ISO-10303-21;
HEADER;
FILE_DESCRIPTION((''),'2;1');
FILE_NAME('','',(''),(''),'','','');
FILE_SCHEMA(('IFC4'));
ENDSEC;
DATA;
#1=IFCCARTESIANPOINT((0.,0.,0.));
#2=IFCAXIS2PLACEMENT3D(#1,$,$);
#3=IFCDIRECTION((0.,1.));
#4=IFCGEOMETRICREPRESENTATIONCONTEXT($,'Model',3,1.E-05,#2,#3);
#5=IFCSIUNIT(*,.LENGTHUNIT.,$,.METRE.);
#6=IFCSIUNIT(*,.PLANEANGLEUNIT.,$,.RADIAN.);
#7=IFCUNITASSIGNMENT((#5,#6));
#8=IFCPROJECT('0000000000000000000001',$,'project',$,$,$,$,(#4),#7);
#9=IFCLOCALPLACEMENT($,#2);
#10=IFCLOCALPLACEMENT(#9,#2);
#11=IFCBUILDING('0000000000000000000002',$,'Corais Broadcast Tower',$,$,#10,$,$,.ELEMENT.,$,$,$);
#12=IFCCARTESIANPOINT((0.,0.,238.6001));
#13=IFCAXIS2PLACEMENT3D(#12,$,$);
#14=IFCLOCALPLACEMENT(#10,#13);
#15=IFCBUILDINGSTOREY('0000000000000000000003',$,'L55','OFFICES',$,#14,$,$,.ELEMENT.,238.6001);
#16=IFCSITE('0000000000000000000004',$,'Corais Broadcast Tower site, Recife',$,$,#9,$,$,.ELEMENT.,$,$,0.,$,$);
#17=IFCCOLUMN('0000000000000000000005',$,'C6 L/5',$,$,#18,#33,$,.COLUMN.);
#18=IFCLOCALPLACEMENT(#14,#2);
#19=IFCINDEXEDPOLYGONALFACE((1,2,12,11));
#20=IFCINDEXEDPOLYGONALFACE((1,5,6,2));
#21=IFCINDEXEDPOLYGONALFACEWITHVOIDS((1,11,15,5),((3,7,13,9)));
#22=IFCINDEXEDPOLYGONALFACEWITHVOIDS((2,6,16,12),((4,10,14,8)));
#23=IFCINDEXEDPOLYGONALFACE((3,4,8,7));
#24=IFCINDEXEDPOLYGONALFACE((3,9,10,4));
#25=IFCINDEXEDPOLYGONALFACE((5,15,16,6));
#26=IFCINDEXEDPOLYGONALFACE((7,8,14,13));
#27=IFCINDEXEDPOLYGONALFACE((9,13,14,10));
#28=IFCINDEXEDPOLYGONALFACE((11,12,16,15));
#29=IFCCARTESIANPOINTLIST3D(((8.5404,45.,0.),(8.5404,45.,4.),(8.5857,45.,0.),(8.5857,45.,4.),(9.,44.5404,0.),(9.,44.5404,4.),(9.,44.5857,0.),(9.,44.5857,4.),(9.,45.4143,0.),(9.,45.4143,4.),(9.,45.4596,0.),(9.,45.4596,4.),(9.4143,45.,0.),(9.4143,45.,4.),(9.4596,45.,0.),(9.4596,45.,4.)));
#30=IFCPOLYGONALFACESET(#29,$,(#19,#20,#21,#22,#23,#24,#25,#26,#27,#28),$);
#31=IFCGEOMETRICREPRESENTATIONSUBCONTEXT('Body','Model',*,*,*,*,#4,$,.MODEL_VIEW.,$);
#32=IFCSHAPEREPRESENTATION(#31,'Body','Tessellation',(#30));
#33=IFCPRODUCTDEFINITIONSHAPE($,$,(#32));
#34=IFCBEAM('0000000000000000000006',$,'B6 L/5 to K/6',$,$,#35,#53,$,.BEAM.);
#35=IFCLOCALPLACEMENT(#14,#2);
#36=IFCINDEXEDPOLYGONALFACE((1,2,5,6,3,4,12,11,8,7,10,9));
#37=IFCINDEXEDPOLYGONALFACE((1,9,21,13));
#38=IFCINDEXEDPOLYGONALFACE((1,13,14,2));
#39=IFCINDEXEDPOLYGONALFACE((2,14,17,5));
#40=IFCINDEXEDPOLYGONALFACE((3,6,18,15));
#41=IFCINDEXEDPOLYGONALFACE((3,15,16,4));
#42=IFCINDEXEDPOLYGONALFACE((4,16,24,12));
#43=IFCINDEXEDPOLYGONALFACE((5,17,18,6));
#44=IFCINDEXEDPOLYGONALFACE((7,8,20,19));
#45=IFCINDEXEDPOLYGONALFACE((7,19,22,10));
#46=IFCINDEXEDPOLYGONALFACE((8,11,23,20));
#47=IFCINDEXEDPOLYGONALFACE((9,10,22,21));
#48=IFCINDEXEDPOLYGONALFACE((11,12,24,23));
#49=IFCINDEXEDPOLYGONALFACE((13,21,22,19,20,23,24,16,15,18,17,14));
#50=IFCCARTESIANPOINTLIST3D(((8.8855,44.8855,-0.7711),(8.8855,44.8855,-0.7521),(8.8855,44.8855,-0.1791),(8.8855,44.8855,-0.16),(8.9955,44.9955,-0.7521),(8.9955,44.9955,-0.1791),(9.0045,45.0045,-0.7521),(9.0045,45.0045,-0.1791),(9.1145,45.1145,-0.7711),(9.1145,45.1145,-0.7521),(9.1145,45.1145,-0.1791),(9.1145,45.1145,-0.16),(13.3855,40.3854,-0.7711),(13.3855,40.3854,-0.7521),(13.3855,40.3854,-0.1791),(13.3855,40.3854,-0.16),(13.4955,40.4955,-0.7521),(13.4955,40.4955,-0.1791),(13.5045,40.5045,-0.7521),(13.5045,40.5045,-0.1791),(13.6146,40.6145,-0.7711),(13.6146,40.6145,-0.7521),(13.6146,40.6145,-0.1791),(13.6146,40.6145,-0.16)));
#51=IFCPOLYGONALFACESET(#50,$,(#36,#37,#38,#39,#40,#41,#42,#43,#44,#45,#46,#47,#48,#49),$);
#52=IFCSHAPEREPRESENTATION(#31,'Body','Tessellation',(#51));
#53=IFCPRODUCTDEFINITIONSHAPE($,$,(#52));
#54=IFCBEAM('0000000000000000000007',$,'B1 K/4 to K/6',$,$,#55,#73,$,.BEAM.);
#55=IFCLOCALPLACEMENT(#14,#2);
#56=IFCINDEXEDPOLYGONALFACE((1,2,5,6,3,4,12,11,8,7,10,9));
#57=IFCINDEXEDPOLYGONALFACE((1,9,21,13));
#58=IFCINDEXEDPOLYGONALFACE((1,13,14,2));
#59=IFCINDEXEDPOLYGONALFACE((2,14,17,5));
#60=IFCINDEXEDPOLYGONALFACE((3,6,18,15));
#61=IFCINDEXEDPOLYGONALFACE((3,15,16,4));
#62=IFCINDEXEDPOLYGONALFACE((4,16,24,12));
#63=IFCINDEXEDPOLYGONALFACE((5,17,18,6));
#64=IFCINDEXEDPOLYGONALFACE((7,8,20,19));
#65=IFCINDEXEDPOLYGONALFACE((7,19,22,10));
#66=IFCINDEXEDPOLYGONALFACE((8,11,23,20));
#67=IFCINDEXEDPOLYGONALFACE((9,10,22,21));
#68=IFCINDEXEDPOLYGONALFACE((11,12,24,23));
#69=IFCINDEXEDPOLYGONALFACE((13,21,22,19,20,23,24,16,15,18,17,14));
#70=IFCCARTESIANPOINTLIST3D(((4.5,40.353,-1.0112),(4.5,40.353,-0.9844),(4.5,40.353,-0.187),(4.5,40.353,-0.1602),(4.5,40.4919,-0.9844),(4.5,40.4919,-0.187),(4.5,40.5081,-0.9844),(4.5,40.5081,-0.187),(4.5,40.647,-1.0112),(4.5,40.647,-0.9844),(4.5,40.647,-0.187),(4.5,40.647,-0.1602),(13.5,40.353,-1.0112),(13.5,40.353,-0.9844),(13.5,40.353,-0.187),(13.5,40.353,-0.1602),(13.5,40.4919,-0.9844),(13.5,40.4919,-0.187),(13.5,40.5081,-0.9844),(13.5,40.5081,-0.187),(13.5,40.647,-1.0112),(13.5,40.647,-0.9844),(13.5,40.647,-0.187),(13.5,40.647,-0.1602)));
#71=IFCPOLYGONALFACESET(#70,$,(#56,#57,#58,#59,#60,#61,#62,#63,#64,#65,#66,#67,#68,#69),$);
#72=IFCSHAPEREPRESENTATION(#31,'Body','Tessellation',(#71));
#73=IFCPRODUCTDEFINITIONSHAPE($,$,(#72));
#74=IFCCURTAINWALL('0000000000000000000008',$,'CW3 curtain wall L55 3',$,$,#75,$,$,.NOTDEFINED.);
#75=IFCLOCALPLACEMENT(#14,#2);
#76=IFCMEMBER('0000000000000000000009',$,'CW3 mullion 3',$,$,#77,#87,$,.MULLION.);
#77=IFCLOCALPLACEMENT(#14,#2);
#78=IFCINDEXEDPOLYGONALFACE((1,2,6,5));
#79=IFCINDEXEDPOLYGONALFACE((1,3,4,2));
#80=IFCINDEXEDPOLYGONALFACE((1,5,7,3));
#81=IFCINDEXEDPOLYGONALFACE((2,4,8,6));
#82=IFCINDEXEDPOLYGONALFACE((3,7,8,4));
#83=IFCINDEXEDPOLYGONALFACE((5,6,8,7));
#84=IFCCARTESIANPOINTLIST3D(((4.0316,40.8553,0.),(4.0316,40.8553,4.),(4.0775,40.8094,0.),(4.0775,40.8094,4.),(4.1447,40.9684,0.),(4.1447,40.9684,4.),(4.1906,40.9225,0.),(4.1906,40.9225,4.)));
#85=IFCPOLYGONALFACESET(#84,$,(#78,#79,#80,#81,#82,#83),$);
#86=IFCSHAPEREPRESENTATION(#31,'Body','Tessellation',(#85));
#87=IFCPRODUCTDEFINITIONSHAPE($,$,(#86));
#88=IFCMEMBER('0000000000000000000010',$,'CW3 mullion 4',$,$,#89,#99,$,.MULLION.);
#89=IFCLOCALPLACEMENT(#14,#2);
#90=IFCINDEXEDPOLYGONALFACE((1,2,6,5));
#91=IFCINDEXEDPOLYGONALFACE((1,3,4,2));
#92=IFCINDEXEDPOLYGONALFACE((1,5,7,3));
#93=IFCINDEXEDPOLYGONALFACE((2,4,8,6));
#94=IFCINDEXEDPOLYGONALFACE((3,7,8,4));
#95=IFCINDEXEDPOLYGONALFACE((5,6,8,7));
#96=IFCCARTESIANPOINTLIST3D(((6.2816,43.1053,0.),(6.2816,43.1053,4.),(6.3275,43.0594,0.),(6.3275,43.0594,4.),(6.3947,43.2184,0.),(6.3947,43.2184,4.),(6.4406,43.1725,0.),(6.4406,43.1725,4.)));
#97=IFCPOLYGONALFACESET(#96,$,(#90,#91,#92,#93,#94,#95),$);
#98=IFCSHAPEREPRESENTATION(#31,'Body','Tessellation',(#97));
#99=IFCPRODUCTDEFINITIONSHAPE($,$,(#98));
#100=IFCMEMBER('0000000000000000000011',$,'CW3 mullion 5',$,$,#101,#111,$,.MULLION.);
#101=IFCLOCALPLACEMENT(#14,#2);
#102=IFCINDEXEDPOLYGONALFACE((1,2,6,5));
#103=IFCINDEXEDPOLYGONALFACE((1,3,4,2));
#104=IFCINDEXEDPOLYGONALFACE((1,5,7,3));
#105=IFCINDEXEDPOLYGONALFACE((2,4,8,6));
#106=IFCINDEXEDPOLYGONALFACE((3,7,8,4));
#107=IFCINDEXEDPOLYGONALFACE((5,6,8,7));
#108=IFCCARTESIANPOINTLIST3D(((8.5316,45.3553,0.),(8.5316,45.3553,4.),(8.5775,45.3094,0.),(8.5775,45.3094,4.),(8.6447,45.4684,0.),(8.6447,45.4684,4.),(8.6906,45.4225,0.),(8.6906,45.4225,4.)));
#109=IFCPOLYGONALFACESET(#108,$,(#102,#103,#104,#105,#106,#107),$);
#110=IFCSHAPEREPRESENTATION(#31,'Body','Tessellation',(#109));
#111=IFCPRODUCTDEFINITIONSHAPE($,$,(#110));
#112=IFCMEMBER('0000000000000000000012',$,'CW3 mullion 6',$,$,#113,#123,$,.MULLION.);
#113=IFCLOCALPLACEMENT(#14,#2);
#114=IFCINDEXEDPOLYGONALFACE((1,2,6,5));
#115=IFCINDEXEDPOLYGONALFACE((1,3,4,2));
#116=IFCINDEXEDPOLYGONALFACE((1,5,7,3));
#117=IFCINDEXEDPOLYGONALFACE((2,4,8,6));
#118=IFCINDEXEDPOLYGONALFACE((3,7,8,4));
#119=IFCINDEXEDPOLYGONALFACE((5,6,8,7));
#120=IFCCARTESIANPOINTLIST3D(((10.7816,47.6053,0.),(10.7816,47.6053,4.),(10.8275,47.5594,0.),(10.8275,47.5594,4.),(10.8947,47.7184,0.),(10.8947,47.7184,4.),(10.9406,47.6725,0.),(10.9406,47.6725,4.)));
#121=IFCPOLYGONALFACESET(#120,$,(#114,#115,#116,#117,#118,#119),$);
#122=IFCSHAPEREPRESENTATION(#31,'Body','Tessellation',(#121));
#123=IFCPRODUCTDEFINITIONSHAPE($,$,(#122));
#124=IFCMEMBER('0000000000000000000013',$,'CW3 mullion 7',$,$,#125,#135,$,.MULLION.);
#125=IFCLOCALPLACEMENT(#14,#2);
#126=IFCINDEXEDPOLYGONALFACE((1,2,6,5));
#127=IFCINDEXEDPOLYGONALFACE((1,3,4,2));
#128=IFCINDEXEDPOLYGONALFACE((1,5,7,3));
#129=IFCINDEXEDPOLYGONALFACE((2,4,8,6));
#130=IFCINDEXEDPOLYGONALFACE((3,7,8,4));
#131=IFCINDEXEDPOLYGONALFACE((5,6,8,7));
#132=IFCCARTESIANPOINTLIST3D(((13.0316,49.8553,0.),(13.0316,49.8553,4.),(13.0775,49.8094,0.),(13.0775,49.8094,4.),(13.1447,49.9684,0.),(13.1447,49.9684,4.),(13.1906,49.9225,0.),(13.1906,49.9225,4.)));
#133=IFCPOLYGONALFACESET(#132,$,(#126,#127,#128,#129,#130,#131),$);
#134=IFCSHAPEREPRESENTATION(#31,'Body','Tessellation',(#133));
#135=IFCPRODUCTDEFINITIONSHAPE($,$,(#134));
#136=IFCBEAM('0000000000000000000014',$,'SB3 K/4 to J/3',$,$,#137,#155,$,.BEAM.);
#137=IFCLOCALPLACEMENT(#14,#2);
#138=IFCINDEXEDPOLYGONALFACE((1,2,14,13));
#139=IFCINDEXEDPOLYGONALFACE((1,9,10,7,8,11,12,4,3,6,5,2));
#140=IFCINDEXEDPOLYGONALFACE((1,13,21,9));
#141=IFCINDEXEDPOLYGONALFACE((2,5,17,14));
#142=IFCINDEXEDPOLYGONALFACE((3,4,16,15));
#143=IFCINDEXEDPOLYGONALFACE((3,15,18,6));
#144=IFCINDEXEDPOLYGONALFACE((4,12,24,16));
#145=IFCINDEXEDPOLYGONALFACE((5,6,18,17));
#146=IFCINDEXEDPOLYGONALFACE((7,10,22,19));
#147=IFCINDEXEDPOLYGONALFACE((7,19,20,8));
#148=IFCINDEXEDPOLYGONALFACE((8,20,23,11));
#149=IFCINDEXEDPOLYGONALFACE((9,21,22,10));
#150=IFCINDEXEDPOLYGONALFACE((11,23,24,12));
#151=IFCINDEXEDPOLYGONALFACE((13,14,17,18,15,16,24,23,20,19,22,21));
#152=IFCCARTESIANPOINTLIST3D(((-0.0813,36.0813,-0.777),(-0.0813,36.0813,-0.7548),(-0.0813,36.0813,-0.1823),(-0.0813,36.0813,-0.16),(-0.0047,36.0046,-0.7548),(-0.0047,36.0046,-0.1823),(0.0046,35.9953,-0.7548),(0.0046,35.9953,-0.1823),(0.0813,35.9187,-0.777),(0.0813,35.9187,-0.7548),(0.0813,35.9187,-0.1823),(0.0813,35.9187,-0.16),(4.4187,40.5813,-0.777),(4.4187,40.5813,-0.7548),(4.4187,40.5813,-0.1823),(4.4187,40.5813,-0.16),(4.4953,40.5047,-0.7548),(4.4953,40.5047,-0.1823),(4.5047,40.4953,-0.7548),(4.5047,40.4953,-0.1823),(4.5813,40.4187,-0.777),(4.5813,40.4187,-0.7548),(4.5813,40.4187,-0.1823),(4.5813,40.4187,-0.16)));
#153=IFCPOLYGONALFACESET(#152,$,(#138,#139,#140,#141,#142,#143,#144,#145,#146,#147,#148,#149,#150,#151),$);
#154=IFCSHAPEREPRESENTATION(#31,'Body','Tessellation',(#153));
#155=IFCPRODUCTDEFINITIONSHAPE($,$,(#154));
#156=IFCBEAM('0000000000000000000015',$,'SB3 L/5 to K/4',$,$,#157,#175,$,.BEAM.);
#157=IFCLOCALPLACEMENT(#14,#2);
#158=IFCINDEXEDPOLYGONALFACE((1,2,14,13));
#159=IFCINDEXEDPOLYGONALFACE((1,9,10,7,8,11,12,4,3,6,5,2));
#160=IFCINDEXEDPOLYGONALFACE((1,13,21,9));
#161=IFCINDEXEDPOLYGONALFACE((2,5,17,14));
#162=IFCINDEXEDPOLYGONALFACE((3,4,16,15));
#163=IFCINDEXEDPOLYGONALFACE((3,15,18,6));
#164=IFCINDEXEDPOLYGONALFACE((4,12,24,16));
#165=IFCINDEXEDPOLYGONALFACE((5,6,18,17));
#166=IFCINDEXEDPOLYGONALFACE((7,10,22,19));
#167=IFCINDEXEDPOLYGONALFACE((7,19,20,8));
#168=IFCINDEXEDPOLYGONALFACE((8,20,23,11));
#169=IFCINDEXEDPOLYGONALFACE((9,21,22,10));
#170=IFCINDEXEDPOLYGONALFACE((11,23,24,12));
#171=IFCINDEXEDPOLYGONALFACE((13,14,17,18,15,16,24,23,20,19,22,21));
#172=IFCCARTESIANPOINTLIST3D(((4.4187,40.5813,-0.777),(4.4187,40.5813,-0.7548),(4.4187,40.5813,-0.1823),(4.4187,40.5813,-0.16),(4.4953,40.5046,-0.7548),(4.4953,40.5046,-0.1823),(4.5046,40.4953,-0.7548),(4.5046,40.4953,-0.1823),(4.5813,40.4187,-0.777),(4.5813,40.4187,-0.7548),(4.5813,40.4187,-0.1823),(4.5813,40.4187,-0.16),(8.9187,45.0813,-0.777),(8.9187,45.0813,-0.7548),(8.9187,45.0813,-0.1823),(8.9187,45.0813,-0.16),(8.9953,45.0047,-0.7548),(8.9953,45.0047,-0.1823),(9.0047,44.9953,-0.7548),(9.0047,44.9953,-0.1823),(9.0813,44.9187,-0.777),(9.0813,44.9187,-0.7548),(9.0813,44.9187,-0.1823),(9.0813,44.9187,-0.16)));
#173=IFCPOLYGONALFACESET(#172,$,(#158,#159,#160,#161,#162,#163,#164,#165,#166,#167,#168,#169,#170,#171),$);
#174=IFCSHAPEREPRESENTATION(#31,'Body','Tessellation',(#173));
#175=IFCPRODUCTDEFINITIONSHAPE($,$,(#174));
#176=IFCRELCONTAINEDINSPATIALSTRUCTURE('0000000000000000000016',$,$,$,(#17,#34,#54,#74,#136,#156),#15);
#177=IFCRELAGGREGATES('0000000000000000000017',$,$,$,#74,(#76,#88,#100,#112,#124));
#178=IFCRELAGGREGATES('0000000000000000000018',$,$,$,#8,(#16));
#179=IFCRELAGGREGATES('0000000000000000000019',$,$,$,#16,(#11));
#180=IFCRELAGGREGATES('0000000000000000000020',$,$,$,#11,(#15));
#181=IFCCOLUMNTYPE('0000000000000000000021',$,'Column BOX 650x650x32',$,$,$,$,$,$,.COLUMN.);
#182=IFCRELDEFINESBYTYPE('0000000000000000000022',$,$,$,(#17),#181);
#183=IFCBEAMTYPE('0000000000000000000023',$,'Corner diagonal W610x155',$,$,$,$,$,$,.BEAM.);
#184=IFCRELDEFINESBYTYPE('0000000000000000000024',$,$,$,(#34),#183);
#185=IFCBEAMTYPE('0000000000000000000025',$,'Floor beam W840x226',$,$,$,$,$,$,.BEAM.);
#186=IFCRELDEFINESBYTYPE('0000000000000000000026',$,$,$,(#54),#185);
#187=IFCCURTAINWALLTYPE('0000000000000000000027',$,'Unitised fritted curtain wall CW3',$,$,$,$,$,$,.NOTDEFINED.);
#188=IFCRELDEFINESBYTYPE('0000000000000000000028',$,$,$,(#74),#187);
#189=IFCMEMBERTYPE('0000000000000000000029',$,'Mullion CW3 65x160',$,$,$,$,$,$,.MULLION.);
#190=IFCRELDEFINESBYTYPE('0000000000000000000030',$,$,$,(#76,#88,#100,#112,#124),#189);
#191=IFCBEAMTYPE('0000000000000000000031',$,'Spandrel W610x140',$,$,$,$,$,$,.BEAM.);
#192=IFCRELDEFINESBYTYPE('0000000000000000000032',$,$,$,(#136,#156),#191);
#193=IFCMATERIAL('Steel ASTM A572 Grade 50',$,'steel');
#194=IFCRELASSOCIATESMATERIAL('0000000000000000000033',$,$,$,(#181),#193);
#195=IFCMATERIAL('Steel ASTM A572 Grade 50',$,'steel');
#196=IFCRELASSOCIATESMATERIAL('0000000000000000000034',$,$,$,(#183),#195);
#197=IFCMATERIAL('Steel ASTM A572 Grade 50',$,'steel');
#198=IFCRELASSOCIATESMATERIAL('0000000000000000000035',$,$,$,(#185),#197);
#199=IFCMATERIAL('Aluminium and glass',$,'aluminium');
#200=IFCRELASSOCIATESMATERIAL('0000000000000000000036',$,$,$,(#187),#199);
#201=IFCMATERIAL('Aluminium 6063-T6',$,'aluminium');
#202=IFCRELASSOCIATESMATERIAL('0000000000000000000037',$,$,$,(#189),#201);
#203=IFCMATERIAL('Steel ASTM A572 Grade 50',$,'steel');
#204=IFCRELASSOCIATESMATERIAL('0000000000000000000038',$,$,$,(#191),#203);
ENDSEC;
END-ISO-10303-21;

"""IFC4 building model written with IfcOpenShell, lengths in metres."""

from ifc_helpers import new_model, si_unit, direction, frame, origin, origin_2d, place, context, subcontext, project, spatial, rectangle, hollow_rectangle, i_section, extrude, material, material_profile, profile_set, type_object, element, aggregate, save


model = new_model("IFC4")

# Units and contexts
model_context = context("Model", 3, precision=1e-05, world=origin(), true_north=direction((0.0, 1.0)))
body_context = subcontext(model_context, "Body", "Model", "MODEL_VIEW")
ifc_project = project(units=[si_unit("LENGTHUNIT", "METRE"), si_unit("PLANEANGLEUNIT", "RADIAN")], contexts=[model_context])

# Site, building, storey
site_placement = place(None, origin())
site = spatial("IfcSite", under=ifc_project, at=site_placement, Name="Corais Broadcast Tower site, Recife", CompositionType="ELEMENT", RefElevation=0.0)
building_placement = place(site_placement, origin())
building = spatial("IfcBuilding", under=site, at=building_placement, Name="Corais Broadcast Tower", CompositionType="ELEMENT")
storey_placement = place(building_placement, frame((0.0, 0.0, 238.6001)))
storey = spatial("IfcBuildingStorey", under=building, at=storey_placement, Name="L55", Description="OFFICES", CompositionType="ELEMENT", Elevation=238.6001)

# Column
ifc_material_1 = material(Name="Steel ASTM A572 Grade 50", Category="steel")
ifc_material_profile_1 = material_profile(ifc_material_1, hollow_rectangle(XDim=0.6499, YDim=0.6499, WallThickness=0.032, at=origin_2d()), Name="BOX 650x650x32")
ifc_profile_set_1 = profile_set([ifc_material_profile_1], Name="Steel ASTM A572 Grade 50")
column_type = type_object("IfcColumnType", Name="Column BOX 650x650x32", PredefinedType="COLUMN", material=ifc_profile_set_1)
column_placement = place(storey_placement, frame((9.0, 45.0, 0.0), z_axis=(0.0, 0.0, 1.0), x_axis=(0.707107, 0.707107, 0.0)))
element("IfcColumn", 1, at=column_placement, inside=storey, type_object=column_type, Name="C6 L/5", PredefinedType="COLUMN", context=body_context, shape_type="SweptSolid", body=[
    extrude(hollow_rectangle(XDim=0.6499, YDim=0.6499, WallThickness=0.032, at=origin_2d()), origin(), (0.0, 0.0, 1.0), 4.0),
])

# Beams
ifc_material_2 = material(Name="Steel ASTM A572 Grade 50", Category="steel")
ifc_material_profile_2 = material_profile(ifc_material_2, i_section(OverallWidth=0.324, OverallDepth=0.6111, WebThickness=0.0127, FlangeThickness=0.019, at=origin_2d()), Name="W610x155")
ifc_profile_set_2 = profile_set([ifc_material_profile_2], Name="Steel ASTM A572 Grade 50")
beam_type_1 = type_object("IfcBeamType", Name="Corner diagonal W610x155", PredefinedType="BEAM", material=ifc_profile_set_2)
beam_1_placement = place(storey_placement, frame((9.0, 45.0, -0.4656), z_axis=(0.707107, -0.707107, 0.0), x_axis=(0.707107, 0.707107, 0.0)))
element("IfcBeam", 2, at=beam_1_placement, inside=storey, type_object=beam_type_1, Name="B6 L/5 to K/6", PredefinedType="BEAM", context=body_context, shape_type="SweptSolid", body=[
    extrude(i_section(OverallWidth=0.324, OverallDepth=0.6111, WebThickness=0.0127, FlangeThickness=0.019, at=origin_2d()), origin(), (0.0, 0.0, 1.0), 6.364),
])
ifc_material_3 = material(Name="Steel ASTM A572 Grade 50", Category="steel")
ifc_material_profile_3 = material_profile(ifc_material_3, i_section(OverallWidth=0.2939, OverallDepth=0.8511, WebThickness=0.0161, FlangeThickness=0.0269, at=origin_2d()), Name="W840x226")
ifc_profile_set_3 = profile_set([ifc_material_profile_3], Name="Steel ASTM A572 Grade 50")
beam_type_2 = type_object("IfcBeamType", Name="Floor beam W840x226", PredefinedType="BEAM", material=ifc_profile_set_3)
beam_2_placement = place(storey_placement, frame((4.5, 40.5, -0.5857), z_axis=(1.0, 0.0, 0.0), x_axis=(0.0, 1.0, 0.0)))
element("IfcBeam", 3, at=beam_2_placement, inside=storey, type_object=beam_type_2, Name="B1 K/4 to K/6", PredefinedType="BEAM", context=body_context, shape_type="SweptSolid", body=[
    extrude(i_section(OverallWidth=0.2939, OverallDepth=0.8511, WebThickness=0.0161, FlangeThickness=0.0269, at=origin_2d()), origin(), (0.0, 0.0, 1.0), 9.0),
])

# Curtain wall, members
ifc_material_4 = material(Name="Aluminium and glass", Category="aluminium")
curtain_wall_type = type_object("IfcCurtainWallType", Name="Unitised fritted curtain wall CW3", PredefinedType="NOTDEFINED", material=ifc_material_4)
curtain_wall_placement = place(storey_placement, origin())
curtain_wall = element("IfcCurtainWall", 4, at=curtain_wall_placement, inside=storey, type_object=curtain_wall_type, Name="CW3 curtain wall L55 3", PredefinedType="NOTDEFINED")
ifc_material_5 = material(Name="Aluminium 6063-T6", Category="aluminium")
ifc_material_profile_4 = material_profile(ifc_material_5, rectangle(XDim=0.0649, YDim=0.1599, at=origin_2d()), Name="Mullion CW3 65x160")
ifc_profile_set_4 = profile_set([ifc_material_profile_4], Name="Aluminium 6063-T6")
member_type_1 = type_object("IfcMemberType", Name="Mullion CW3 65x160", PredefinedType="MULLION", material=ifc_profile_set_4)
member_1_placement = place(storey_placement, frame((4.1111, 40.8889, 0.0), z_axis=(0.0, 0.0, 1.0), x_axis=(-0.707107, 0.707107, 0.0)))
member_1 = element("IfcMember", 5, at=member_1_placement, type_object=member_type_1, Name="CW3 mullion 3", PredefinedType="MULLION", context=body_context, shape_type="SweptSolid", body=[
    extrude(rectangle(XDim=0.0649, YDim=0.1599, at=origin_2d()), origin(), (0.0, 0.0, 1.0), 4.0),
])
member_2_placement = place(storey_placement, frame((6.3611, 43.1389, 0.0), z_axis=(0.0, 0.0, 1.0), x_axis=(-0.707107, 0.707107, 0.0)))
member_2 = element("IfcMember", 6, at=member_2_placement, type_object=member_type_1, Name="CW3 mullion 4", PredefinedType="MULLION", context=body_context, shape_type="SweptSolid", body=[
    extrude(rectangle(XDim=0.0649, YDim=0.1599, at=origin_2d()), origin(), (0.0, 0.0, 1.0), 4.0),
])
member_3_placement = place(storey_placement, frame((8.6111, 45.3889, 0.0), z_axis=(0.0, 0.0, 1.0), x_axis=(-0.707107, 0.707107, 0.0)))
member_3 = element("IfcMember", 7, at=member_3_placement, type_object=member_type_1, Name="CW3 mullion 5", PredefinedType="MULLION", context=body_context, shape_type="SweptSolid", body=[
    extrude(rectangle(XDim=0.0649, YDim=0.1599, at=origin_2d()), origin(), (0.0, 0.0, 1.0), 4.0),
])
member_4_placement = place(storey_placement, frame((10.8611, 47.6389, 0.0), z_axis=(0.0, 0.0, 1.0), x_axis=(-0.707107, 0.707107, 0.0)))
member_4 = element("IfcMember", 8, at=member_4_placement, type_object=member_type_1, Name="CW3 mullion 6", PredefinedType="MULLION", context=body_context, shape_type="SweptSolid", body=[
    extrude(rectangle(XDim=0.0649, YDim=0.1599, at=origin_2d()), origin(), (0.0, 0.0, 1.0), 4.0),
])
member_5_placement = place(storey_placement, frame((13.1111, 49.8889, 0.0), z_axis=(0.0, 0.0, 1.0), x_axis=(-0.707107, 0.707107, 0.0)))
member_5 = element("IfcMember", 9, at=member_5_placement, type_object=member_type_1, Name="CW3 mullion 7", PredefinedType="MULLION", context=body_context, shape_type="SweptSolid", body=[
    extrude(rectangle(XDim=0.0649, YDim=0.1599, at=origin_2d()), origin(), (0.0, 0.0, 1.0), 4.0),
])

# Beams
ifc_material_6 = material(Name="Steel ASTM A572 Grade 50", Category="steel")
ifc_material_profile_5 = material_profile(ifc_material_6, i_section(OverallWidth=0.23, OverallDepth=0.6169, WebThickness=0.0132, FlangeThickness=0.0222, at=origin_2d()), Name="W610x140")
ifc_profile_set_5 = profile_set([ifc_material_profile_5], Name="Steel ASTM A572 Grade 50")
beam_type_3 = type_object("IfcBeamType", Name="Spandrel W610x140", PredefinedType="BEAM", material=ifc_profile_set_5)
for number, where, z_axis, x_axis, name in (
    (10, (4.5, 40.5, -0.4685), (-0.707107, -0.707107, 0.0), (0.707107, -0.707107, 0.0), "SB3 K/4 to J/3"),
    (11, (9.0, 45.0, -0.4685), (-0.707107, -0.707107, 0.0), (0.707107, -0.707107, 0.0), "SB3 L/5 to K/4"),
):
    element("IfcBeam", number, at=place(storey_placement, frame(where, z_axis=z_axis, x_axis=x_axis)), inside=storey, type_object=beam_type_3, Name=name, PredefinedType="BEAM", context=body_context, shape_type="SweptSolid", body=[
        extrude(i_section(OverallWidth=0.23, OverallDepth=0.6169, WebThickness=0.0132, FlangeThickness=0.0222, at=origin_2d()), origin(), (0.0, 0.0, 1.0), 6.364),
    ])

aggregate(curtain_wall, [member_1, member_2, member_3, member_4, member_5])

save(model, "model.ifc")
